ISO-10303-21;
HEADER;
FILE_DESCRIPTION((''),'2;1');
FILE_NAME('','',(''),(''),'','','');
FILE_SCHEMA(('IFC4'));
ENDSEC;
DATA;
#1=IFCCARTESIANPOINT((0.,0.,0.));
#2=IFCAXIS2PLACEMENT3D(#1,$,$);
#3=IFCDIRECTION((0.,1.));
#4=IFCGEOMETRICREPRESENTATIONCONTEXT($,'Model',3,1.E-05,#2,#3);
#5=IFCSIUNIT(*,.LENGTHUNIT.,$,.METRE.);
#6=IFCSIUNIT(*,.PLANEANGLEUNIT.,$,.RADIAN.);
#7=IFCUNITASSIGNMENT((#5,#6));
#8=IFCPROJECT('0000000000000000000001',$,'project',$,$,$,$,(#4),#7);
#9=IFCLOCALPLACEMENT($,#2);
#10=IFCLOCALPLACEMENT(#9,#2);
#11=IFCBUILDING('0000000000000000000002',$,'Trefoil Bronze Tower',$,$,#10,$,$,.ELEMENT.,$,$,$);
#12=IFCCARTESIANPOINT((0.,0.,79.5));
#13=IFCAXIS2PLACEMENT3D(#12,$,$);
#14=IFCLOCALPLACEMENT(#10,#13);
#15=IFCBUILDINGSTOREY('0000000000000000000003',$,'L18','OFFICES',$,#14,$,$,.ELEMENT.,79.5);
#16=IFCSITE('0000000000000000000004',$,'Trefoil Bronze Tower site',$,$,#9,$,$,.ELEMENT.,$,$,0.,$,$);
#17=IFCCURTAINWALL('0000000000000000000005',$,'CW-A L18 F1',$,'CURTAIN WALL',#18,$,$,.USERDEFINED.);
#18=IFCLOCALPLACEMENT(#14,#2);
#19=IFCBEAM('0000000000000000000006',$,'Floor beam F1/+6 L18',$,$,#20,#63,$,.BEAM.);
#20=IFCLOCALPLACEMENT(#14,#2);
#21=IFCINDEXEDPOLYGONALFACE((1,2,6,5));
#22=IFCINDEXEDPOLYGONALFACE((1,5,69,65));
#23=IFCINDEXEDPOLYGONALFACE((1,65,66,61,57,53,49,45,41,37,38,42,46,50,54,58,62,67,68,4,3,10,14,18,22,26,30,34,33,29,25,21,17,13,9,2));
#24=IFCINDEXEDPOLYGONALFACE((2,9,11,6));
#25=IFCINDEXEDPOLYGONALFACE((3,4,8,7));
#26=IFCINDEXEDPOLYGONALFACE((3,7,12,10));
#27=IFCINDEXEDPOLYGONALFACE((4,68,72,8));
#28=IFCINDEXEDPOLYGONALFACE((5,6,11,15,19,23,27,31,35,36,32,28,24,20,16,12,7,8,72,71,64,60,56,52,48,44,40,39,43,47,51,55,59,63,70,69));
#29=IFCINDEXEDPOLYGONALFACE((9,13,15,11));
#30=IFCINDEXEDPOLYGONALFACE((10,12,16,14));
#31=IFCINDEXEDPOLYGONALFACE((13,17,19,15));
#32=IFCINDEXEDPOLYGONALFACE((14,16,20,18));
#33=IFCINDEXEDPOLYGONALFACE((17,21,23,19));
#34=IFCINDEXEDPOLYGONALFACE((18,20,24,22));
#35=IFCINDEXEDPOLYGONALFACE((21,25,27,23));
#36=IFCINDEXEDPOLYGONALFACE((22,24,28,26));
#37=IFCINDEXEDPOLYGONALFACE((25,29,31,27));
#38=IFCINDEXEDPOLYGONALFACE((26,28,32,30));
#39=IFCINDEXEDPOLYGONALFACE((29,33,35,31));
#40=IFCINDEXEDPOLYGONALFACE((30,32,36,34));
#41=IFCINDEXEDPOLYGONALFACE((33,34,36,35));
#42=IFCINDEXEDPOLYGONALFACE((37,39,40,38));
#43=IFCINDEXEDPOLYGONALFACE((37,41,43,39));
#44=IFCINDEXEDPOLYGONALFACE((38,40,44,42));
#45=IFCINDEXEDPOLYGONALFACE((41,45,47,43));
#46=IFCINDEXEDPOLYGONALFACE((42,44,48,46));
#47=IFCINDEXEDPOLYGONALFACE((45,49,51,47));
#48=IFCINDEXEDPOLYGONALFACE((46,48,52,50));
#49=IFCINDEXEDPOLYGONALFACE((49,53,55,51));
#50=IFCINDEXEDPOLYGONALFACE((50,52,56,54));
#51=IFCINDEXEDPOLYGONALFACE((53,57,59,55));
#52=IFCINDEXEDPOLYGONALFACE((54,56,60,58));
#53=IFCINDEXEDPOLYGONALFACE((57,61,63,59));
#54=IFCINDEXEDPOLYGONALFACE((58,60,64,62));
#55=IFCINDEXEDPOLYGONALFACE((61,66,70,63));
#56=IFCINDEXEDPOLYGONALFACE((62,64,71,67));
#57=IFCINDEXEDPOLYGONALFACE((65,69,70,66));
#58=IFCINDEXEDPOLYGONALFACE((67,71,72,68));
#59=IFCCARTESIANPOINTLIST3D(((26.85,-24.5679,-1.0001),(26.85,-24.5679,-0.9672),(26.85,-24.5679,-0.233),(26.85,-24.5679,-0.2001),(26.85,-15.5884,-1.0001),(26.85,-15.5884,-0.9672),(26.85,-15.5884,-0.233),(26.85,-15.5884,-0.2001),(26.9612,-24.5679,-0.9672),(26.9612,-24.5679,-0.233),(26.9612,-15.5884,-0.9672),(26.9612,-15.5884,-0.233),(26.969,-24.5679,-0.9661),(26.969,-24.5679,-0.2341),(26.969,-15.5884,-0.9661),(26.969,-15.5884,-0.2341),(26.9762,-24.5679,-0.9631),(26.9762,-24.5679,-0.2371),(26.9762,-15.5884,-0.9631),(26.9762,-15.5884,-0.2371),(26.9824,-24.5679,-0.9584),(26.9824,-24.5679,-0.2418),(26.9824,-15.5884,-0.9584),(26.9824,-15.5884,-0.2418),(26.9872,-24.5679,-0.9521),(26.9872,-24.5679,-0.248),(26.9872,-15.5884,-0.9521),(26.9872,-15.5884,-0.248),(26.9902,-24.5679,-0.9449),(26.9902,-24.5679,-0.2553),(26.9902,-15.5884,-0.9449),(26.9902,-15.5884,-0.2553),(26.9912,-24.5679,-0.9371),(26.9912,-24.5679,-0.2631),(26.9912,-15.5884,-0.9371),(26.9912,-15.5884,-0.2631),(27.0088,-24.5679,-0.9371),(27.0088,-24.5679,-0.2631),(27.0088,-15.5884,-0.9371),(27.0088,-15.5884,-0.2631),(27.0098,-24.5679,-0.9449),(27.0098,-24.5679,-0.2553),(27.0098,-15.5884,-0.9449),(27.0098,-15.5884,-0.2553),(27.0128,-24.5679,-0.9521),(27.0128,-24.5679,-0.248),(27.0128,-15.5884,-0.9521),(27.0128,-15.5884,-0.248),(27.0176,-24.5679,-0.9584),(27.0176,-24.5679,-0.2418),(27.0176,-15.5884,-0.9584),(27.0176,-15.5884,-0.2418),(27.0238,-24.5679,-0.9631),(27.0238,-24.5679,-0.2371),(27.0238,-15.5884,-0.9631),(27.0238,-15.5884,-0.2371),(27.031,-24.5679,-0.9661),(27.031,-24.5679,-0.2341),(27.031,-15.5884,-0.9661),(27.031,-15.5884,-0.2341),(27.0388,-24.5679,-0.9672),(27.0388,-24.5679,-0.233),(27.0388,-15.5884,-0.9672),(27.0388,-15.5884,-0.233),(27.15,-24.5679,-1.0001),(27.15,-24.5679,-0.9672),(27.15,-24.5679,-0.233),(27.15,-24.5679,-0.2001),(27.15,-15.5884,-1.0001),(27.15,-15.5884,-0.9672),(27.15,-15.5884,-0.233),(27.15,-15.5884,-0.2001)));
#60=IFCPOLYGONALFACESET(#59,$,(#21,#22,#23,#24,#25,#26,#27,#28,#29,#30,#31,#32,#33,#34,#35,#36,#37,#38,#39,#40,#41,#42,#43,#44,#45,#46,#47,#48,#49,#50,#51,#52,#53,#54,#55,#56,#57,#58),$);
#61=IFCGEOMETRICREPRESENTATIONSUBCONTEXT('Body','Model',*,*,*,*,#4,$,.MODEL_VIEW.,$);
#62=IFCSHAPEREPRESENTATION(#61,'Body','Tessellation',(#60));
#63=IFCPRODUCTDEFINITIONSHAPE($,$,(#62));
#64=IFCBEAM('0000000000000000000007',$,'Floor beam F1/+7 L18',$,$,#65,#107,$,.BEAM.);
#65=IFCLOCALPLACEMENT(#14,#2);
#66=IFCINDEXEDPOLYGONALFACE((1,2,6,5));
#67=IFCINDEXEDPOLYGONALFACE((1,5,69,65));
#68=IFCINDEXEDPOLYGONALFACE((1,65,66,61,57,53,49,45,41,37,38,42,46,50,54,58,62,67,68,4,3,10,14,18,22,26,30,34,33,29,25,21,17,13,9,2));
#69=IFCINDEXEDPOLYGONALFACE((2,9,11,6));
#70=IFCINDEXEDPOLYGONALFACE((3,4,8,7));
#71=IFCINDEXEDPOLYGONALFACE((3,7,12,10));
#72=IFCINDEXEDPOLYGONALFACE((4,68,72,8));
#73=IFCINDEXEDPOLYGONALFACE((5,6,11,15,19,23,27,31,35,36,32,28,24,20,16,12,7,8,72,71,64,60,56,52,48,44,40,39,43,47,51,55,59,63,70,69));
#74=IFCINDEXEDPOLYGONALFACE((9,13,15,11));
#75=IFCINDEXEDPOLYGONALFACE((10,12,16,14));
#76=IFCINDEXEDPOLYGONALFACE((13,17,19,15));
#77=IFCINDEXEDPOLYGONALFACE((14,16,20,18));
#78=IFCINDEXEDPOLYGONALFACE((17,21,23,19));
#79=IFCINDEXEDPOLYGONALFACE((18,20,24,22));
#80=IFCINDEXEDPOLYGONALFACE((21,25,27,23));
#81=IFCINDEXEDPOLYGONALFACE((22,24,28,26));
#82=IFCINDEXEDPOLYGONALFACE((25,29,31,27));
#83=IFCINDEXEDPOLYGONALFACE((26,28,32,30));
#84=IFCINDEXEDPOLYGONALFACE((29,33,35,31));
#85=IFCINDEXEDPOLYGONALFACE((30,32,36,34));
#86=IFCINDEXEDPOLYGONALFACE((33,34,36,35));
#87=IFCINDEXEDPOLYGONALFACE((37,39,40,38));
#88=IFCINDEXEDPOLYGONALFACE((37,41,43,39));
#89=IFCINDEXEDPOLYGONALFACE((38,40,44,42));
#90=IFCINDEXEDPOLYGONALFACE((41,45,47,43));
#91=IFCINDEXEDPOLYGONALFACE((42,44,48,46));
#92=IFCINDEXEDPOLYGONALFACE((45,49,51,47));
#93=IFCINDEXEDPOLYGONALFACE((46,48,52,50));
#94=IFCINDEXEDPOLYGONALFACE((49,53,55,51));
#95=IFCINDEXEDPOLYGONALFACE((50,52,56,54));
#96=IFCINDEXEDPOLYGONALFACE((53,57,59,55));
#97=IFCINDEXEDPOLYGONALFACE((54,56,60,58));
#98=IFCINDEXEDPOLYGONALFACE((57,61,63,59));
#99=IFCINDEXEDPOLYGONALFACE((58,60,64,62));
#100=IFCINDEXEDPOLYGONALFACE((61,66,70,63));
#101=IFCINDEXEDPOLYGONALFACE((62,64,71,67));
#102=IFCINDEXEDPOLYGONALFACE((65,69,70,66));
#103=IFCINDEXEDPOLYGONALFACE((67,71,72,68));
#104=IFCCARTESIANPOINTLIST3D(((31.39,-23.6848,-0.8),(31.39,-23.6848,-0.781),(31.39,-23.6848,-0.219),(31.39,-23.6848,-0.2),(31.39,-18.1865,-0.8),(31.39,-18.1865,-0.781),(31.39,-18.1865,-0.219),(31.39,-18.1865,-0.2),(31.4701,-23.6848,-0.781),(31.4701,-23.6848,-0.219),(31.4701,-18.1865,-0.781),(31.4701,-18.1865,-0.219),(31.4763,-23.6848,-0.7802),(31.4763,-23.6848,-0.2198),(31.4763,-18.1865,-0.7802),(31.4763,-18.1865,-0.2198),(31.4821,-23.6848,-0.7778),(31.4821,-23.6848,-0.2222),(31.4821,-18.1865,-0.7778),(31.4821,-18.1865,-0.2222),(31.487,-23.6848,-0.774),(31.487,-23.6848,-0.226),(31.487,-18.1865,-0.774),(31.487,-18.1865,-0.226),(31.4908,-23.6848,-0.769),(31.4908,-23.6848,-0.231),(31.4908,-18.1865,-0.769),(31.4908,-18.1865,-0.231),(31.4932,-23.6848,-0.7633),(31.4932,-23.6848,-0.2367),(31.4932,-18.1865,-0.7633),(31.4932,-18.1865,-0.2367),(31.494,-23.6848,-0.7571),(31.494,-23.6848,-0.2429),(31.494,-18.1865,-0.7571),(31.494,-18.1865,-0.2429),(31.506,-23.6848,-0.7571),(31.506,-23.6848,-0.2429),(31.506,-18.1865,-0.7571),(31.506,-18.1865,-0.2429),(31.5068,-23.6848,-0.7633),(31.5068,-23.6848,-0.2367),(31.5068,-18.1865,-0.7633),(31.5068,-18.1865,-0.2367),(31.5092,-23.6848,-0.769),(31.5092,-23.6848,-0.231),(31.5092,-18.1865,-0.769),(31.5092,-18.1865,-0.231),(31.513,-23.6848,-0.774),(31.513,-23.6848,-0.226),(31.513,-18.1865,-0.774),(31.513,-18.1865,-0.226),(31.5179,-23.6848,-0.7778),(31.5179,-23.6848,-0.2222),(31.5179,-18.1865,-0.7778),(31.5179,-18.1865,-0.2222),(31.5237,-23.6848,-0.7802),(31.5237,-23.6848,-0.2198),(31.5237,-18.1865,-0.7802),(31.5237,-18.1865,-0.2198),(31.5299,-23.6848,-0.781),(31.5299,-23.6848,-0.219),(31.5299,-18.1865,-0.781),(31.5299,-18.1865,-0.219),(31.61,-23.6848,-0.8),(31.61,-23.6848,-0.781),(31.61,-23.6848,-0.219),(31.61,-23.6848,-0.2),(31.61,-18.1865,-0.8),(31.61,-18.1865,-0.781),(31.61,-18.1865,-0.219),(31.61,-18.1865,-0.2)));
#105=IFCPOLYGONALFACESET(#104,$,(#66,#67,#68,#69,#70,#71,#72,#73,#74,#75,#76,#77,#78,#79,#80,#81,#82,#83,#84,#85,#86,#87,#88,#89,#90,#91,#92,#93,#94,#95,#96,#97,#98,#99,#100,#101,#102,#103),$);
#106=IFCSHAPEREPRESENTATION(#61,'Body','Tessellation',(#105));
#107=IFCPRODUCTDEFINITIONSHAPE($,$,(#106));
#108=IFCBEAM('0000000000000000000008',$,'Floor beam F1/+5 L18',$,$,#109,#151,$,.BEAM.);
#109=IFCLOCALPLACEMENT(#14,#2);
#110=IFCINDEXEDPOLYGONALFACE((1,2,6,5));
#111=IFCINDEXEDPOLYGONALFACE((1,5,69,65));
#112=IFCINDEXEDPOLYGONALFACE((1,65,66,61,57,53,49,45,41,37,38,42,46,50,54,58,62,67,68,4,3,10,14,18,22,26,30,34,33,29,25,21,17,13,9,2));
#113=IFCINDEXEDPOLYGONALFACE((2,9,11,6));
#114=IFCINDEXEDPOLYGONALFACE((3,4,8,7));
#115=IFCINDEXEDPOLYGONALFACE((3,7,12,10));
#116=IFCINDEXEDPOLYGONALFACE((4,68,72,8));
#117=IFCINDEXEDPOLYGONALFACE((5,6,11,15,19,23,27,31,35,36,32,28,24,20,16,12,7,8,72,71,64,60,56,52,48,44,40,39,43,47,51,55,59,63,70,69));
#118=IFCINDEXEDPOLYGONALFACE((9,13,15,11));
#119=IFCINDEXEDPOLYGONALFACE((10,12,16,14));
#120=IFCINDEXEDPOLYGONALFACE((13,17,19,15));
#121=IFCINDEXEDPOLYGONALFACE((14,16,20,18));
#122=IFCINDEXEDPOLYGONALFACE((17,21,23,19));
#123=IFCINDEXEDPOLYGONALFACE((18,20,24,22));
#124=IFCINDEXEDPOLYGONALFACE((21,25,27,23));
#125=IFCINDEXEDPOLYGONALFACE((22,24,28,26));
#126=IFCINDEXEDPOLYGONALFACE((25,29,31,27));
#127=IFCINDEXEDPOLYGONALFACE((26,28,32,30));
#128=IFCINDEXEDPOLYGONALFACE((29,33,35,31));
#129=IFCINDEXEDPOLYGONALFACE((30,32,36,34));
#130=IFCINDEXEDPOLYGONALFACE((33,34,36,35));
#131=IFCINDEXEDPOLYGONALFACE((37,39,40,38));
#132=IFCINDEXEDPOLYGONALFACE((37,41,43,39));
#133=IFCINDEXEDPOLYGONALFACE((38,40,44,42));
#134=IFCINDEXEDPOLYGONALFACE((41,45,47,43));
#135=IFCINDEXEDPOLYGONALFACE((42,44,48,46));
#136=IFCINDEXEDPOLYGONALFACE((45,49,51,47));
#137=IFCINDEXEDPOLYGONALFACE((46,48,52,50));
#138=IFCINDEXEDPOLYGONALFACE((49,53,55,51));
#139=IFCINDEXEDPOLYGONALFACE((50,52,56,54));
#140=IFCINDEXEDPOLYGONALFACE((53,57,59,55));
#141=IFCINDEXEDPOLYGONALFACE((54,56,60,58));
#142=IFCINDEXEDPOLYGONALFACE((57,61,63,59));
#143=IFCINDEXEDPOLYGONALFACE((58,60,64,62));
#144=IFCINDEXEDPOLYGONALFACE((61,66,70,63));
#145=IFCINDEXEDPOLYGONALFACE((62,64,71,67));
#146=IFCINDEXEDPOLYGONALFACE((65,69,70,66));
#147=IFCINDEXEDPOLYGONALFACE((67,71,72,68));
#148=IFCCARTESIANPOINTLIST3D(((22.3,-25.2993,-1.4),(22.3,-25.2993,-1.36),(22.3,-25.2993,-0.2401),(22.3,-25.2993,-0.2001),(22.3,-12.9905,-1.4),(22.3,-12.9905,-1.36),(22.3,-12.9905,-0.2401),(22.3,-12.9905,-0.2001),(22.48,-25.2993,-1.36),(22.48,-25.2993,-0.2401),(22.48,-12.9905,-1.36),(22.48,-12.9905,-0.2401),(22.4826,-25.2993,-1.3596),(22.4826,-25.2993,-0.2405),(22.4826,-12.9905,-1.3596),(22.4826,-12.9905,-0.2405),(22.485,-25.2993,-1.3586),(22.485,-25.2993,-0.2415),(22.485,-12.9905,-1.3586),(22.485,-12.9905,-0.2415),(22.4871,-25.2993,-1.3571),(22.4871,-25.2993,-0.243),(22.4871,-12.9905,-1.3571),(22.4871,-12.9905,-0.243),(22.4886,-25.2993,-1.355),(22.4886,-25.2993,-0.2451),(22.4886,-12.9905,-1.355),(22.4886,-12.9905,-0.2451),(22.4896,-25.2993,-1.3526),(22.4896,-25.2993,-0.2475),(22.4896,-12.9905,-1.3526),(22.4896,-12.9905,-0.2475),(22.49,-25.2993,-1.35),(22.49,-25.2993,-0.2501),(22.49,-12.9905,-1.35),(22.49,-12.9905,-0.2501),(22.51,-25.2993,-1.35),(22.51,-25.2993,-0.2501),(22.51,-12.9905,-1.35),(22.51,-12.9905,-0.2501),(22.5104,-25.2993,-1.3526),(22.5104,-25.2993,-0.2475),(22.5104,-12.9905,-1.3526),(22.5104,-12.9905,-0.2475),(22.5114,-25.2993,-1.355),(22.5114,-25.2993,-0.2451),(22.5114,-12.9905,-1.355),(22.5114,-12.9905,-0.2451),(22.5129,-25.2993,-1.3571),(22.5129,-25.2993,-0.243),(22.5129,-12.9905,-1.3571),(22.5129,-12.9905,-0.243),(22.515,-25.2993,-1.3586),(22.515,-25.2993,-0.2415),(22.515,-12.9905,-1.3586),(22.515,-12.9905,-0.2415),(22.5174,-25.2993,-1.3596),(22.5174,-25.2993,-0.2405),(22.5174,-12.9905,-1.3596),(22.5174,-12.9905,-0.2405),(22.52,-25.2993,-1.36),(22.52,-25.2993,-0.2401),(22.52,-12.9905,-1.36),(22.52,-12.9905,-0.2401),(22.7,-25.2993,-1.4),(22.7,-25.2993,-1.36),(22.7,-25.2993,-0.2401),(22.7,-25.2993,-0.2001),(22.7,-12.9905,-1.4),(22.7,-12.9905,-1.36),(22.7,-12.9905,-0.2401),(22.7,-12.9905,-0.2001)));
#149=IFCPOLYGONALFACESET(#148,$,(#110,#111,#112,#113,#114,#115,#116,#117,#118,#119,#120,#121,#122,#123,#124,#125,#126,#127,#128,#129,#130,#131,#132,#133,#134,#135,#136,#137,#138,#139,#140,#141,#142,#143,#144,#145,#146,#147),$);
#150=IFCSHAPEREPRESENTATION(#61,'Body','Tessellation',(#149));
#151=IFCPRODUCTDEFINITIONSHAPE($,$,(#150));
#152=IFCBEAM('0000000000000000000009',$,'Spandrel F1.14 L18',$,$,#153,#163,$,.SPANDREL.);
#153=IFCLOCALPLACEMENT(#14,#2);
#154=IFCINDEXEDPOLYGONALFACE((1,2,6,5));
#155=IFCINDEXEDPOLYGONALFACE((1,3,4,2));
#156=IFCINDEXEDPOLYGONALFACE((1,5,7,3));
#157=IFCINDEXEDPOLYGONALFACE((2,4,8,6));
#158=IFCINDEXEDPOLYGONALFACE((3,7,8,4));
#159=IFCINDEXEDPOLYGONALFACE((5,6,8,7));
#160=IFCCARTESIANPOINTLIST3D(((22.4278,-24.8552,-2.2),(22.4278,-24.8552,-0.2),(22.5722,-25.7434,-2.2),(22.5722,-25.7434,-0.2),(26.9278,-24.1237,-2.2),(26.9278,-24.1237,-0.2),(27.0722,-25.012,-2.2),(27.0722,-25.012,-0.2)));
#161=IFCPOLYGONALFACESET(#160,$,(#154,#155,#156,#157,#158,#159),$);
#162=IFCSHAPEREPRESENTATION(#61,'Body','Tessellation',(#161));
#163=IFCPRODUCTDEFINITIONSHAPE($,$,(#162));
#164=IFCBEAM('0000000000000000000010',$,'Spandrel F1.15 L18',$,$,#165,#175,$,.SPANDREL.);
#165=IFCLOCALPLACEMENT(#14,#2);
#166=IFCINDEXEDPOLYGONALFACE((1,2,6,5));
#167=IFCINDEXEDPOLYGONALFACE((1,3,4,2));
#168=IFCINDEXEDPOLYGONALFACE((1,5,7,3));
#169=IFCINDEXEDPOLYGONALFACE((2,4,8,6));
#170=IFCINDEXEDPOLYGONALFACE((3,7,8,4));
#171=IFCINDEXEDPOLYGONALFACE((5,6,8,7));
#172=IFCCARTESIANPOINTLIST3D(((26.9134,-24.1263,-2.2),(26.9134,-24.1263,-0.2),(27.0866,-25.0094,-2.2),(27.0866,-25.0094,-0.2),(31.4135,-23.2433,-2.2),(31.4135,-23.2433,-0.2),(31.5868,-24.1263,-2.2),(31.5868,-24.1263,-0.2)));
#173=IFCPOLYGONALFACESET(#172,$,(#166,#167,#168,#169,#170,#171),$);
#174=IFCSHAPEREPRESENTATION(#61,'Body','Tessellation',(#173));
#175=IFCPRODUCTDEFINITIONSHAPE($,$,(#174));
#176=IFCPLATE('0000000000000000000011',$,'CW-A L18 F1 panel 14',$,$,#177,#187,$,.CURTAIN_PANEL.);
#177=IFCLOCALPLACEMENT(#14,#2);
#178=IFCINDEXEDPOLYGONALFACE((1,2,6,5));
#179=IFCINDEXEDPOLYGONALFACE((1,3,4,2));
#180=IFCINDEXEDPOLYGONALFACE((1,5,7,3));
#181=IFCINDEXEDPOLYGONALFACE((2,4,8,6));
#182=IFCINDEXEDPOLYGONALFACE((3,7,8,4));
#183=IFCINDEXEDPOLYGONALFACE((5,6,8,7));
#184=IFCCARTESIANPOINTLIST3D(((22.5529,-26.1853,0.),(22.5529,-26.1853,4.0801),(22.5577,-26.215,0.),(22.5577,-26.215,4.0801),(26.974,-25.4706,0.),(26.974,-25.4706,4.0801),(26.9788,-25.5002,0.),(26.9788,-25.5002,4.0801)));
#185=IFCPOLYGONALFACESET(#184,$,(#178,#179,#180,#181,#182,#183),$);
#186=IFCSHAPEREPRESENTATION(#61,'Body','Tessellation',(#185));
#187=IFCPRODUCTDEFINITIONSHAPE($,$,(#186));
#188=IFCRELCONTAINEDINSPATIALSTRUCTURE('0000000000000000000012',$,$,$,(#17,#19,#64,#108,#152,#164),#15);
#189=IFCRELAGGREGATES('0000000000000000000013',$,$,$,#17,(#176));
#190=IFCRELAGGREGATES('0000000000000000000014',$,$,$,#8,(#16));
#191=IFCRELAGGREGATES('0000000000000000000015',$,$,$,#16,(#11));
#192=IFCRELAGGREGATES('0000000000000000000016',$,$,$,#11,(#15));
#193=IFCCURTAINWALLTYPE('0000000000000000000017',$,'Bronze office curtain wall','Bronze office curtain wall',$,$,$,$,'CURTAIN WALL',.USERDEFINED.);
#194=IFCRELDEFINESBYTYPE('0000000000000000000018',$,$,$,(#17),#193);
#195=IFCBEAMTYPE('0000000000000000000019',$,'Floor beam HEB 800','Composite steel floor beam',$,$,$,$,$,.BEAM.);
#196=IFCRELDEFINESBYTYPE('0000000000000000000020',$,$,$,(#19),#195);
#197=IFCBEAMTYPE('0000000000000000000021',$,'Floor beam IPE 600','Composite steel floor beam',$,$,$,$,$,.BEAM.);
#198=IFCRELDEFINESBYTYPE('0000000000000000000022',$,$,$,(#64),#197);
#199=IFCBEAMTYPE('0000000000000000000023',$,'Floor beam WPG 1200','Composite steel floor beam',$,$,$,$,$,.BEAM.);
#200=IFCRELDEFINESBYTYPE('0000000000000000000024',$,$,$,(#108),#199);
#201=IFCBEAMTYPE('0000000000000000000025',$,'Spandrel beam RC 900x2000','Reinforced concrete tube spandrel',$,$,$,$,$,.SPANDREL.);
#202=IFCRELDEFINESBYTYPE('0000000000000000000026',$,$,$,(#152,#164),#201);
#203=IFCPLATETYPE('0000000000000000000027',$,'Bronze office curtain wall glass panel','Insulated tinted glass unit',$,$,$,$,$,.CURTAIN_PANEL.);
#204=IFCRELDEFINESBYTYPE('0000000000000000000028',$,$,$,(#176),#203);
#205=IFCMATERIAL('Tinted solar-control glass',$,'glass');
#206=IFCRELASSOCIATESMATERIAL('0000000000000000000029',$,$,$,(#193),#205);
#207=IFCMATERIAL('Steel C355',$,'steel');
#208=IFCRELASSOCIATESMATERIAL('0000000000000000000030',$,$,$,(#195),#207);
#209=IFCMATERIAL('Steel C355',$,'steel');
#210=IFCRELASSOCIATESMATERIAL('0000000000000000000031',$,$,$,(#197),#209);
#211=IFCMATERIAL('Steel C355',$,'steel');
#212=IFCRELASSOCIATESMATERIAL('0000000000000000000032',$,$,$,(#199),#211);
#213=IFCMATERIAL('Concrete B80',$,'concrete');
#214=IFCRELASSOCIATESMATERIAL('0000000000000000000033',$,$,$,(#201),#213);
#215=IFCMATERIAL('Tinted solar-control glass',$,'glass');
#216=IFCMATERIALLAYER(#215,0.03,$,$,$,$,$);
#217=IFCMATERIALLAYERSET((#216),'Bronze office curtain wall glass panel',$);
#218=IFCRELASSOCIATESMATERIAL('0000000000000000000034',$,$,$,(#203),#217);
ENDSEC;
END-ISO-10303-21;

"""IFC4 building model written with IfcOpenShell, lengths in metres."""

from ifc_helpers import new_model, si_unit, direction, frame, origin, origin_2d, place, context, subcontext, project, spatial, rectangle, i_section, extrude, material, layer, layer_set, material_profile, profile_set, type_object, element, aggregate, save


model = new_model("IFC4")

# Units and contexts
model_context = context("Model", 3, precision=1e-05, world=origin(), true_north=direction((0.0, 1.0)))
body_context = subcontext(model_context, "Body", "Model", "MODEL_VIEW")
ifc_project = project(units=[si_unit("LENGTHUNIT", "METRE"), si_unit("PLANEANGLEUNIT", "RADIAN")], contexts=[model_context])

# Site, building, storey
site_placement = place(None, origin())
site = spatial("IfcSite", under=ifc_project, at=site_placement, Name="Trefoil Bronze Tower site", CompositionType="ELEMENT", RefElevation=0.0)
building_placement = place(site_placement, origin())
building = spatial("IfcBuilding", under=site, at=building_placement, Name="Trefoil Bronze Tower", CompositionType="ELEMENT")
storey_placement = place(building_placement, frame((0.0, 0.0, 79.5)))
storey = spatial("IfcBuildingStorey", under=building, at=storey_placement, Name="L18", Description="OFFICES", CompositionType="ELEMENT", Elevation=79.5)

# Curtain wall
ifc_material_1 = material(Name="Tinted solar-control glass", Category="glass")
curtain_wall_type_1 = type_object("IfcCurtainWallType", Name="Bronze office curtain wall", Description="Bronze office curtain wall", ElementType="CURTAIN WALL", PredefinedType="USERDEFINED", material=ifc_material_1)
curtain_wall_1_placement = place(storey_placement, origin())
curtain_wall_1 = element("IfcCurtainWall", 1, at=curtain_wall_1_placement, inside=storey, type_object=curtain_wall_type_1, Name="CW-A L18 F1", ObjectType="CURTAIN WALL", PredefinedType="USERDEFINED")

# Beams
ifc_material_2 = material(Name="Steel C355", Category="steel")
ifc_material_profile_1 = material_profile(ifc_material_2, i_section(OverallWidth=0.3, OverallDepth=0.8, WebThickness=0.0176, FlangeThickness=0.033, FilletRadius=0.03, at=origin_2d()), Name="HEB 800")
ifc_profile_set_1 = profile_set([ifc_material_profile_1], Name="Steel C355")
beam_type_1 = type_object("IfcBeamType", Name="Floor beam HEB 800", Description="Composite steel floor beam", PredefinedType="BEAM", material=ifc_profile_set_1)
beam_1_placement = place(storey_placement, frame((27.0, -24.5679, -0.6001), z_axis=(0.0, 1.0, 0.0), x_axis=(-1.0, 0.0, 0.0)))
element("IfcBeam", 2, at=beam_1_placement, inside=storey, type_object=beam_type_1, Name="Floor beam F1/+6 L18", PredefinedType="BEAM", context=body_context, shape_type="SweptSolid", body=[
    extrude(i_section(OverallWidth=0.3, OverallDepth=0.8, WebThickness=0.0176, FlangeThickness=0.033, FilletRadius=0.03, at=origin_2d()), origin(), (0.0, 0.0, 1.0), 8.9795),
])
ifc_material_3 = material(Name="Steel C355", Category="steel")
ifc_material_profile_2 = material_profile(ifc_material_3, i_section(OverallWidth=0.22, OverallDepth=0.6001, WebThickness=0.012, FlangeThickness=0.019, FilletRadius=0.0239, at=origin_2d()), Name="IPE 600")
ifc_profile_set_2 = profile_set([ifc_material_profile_2], Name="Steel C355")
beam_type_2 = type_object("IfcBeamType", Name="Floor beam IPE 600", Description="Composite steel floor beam", PredefinedType="BEAM", material=ifc_profile_set_2)
beam_2_placement = place(storey_placement, frame((31.5, -23.6848, -0.5), z_axis=(0.0, 1.0, 0.0), x_axis=(-1.0, 0.0, 0.0)))
element("IfcBeam", 3, at=beam_2_placement, inside=storey, type_object=beam_type_2, Name="Floor beam F1/+7 L18", PredefinedType="BEAM", context=body_context, shape_type="SweptSolid", body=[
    extrude(i_section(OverallWidth=0.22, OverallDepth=0.6001, WebThickness=0.012, FlangeThickness=0.019, FilletRadius=0.0239, at=origin_2d()), origin(), (0.0, 0.0, 1.0), 5.4983),
])
ifc_material_4 = material(Name="Steel C355", Category="steel")
ifc_material_profile_3 = material_profile(ifc_material_4, i_section(OverallWidth=0.3999, OverallDepth=1.2, WebThickness=0.02, FlangeThickness=0.04, FilletRadius=0.01, at=origin_2d()), Name="WPG 1200")
ifc_profile_set_3 = profile_set([ifc_material_profile_3], Name="Steel C355")
beam_type_3 = type_object("IfcBeamType", Name="Floor beam WPG 1200", Description="Composite steel floor beam", PredefinedType="BEAM", material=ifc_profile_set_3)
beam_3_placement = place(storey_placement, frame((22.5, -25.2993, -0.8), z_axis=(0.0, 1.0, 0.0), x_axis=(-1.0, 0.0, 0.0)))
element("IfcBeam", 4, at=beam_3_placement, inside=storey, type_object=beam_type_3, Name="Floor beam F1/+5 L18", PredefinedType="BEAM", context=body_context, shape_type="SweptSolid", body=[
    extrude(i_section(OverallWidth=0.3999, OverallDepth=1.2, WebThickness=0.02, FlangeThickness=0.04, FilletRadius=0.01, at=origin_2d()), origin(), (0.0, 0.0, 1.0), 12.3088),
])
ifc_material_5 = material(Name="Concrete B80", Category="concrete")
ifc_material_profile_4 = material_profile(ifc_material_5, rectangle(XDim=0.8999, YDim=2.0, at=origin_2d()), Name="RC 900x2000")
ifc_profile_set_4 = profile_set([ifc_material_profile_4], Name="Concrete B80")
beam_type_4 = type_object("IfcBeamType", Name="Spandrel beam RC 900x2000", Description="Reinforced concrete tube spandrel", PredefinedType="SPANDREL", material=ifc_profile_set_4)
beam_4_placement = place(storey_placement, frame((22.5, -25.2993, -1.2), z_axis=(0.987046, 0.160438, 0.0), x_axis=(-0.160438, 0.987046, 0.0)))
element("IfcBeam", 5, at=beam_4_placement, inside=storey, type_object=beam_type_4, Name="Spandrel F1.14 L18", PredefinedType="SPANDREL", context=body_context, shape_type="SweptSolid", body=[
    extrude(rectangle(XDim=0.8999, YDim=2.0, at=origin_2d()), origin(), (0.0, 0.0, 1.0), 4.5591),
])
beam_5_placement = place(storey_placement, frame((27.0, -24.5679, -1.2), z_axis=(0.981285, 0.192562, 0.0), x_axis=(-0.192562, 0.981285, 0.0)))
element("IfcBeam", 6, at=beam_5_placement, inside=storey, type_object=beam_type_4, Name="Spandrel F1.15 L18", PredefinedType="SPANDREL", context=body_context, shape_type="SweptSolid", body=[
    extrude(rectangle(XDim=0.8999, YDim=2.0, at=origin_2d()), origin(), (0.0, 0.0, 1.0), 4.5859),
])

# Plate
ifc_material_6 = material(Name="Tinted solar-control glass", Category="glass")
ifc_layer_1 = layer(ifc_material_6, 0.03)
ifc_layer_set_1 = layer_set([ifc_layer_1], Name="Bronze office curtain wall glass panel")
plate_type_1 = type_object("IfcPlateType", Name="Bronze office curtain wall glass panel", Description="Insulated tinted glass unit", PredefinedType="CURTAIN_PANEL", material=ifc_layer_set_1)
plate_1_placement = place(storey_placement, frame((24.7659, -25.8428, 0.0), z_axis=(0.0, 0.0, 1.0), x_axis=(0.987181, 0.159603, 0.0)))
plate_1 = element("IfcPlate", 7, at=plate_1_placement, type_object=plate_type_1, Name="CW-A L18 F1 panel 14", PredefinedType="CURTAIN_PANEL", context=body_context, shape_type="SweptSolid", body=[
    extrude(rectangle(XDim=4.4785, YDim=0.03, at=origin_2d()), origin(), (0.0, 0.0, 1.0), 4.0801),
])
aggregate(curtain_wall_1, [plate_1])

save(model, "model.ifc")
